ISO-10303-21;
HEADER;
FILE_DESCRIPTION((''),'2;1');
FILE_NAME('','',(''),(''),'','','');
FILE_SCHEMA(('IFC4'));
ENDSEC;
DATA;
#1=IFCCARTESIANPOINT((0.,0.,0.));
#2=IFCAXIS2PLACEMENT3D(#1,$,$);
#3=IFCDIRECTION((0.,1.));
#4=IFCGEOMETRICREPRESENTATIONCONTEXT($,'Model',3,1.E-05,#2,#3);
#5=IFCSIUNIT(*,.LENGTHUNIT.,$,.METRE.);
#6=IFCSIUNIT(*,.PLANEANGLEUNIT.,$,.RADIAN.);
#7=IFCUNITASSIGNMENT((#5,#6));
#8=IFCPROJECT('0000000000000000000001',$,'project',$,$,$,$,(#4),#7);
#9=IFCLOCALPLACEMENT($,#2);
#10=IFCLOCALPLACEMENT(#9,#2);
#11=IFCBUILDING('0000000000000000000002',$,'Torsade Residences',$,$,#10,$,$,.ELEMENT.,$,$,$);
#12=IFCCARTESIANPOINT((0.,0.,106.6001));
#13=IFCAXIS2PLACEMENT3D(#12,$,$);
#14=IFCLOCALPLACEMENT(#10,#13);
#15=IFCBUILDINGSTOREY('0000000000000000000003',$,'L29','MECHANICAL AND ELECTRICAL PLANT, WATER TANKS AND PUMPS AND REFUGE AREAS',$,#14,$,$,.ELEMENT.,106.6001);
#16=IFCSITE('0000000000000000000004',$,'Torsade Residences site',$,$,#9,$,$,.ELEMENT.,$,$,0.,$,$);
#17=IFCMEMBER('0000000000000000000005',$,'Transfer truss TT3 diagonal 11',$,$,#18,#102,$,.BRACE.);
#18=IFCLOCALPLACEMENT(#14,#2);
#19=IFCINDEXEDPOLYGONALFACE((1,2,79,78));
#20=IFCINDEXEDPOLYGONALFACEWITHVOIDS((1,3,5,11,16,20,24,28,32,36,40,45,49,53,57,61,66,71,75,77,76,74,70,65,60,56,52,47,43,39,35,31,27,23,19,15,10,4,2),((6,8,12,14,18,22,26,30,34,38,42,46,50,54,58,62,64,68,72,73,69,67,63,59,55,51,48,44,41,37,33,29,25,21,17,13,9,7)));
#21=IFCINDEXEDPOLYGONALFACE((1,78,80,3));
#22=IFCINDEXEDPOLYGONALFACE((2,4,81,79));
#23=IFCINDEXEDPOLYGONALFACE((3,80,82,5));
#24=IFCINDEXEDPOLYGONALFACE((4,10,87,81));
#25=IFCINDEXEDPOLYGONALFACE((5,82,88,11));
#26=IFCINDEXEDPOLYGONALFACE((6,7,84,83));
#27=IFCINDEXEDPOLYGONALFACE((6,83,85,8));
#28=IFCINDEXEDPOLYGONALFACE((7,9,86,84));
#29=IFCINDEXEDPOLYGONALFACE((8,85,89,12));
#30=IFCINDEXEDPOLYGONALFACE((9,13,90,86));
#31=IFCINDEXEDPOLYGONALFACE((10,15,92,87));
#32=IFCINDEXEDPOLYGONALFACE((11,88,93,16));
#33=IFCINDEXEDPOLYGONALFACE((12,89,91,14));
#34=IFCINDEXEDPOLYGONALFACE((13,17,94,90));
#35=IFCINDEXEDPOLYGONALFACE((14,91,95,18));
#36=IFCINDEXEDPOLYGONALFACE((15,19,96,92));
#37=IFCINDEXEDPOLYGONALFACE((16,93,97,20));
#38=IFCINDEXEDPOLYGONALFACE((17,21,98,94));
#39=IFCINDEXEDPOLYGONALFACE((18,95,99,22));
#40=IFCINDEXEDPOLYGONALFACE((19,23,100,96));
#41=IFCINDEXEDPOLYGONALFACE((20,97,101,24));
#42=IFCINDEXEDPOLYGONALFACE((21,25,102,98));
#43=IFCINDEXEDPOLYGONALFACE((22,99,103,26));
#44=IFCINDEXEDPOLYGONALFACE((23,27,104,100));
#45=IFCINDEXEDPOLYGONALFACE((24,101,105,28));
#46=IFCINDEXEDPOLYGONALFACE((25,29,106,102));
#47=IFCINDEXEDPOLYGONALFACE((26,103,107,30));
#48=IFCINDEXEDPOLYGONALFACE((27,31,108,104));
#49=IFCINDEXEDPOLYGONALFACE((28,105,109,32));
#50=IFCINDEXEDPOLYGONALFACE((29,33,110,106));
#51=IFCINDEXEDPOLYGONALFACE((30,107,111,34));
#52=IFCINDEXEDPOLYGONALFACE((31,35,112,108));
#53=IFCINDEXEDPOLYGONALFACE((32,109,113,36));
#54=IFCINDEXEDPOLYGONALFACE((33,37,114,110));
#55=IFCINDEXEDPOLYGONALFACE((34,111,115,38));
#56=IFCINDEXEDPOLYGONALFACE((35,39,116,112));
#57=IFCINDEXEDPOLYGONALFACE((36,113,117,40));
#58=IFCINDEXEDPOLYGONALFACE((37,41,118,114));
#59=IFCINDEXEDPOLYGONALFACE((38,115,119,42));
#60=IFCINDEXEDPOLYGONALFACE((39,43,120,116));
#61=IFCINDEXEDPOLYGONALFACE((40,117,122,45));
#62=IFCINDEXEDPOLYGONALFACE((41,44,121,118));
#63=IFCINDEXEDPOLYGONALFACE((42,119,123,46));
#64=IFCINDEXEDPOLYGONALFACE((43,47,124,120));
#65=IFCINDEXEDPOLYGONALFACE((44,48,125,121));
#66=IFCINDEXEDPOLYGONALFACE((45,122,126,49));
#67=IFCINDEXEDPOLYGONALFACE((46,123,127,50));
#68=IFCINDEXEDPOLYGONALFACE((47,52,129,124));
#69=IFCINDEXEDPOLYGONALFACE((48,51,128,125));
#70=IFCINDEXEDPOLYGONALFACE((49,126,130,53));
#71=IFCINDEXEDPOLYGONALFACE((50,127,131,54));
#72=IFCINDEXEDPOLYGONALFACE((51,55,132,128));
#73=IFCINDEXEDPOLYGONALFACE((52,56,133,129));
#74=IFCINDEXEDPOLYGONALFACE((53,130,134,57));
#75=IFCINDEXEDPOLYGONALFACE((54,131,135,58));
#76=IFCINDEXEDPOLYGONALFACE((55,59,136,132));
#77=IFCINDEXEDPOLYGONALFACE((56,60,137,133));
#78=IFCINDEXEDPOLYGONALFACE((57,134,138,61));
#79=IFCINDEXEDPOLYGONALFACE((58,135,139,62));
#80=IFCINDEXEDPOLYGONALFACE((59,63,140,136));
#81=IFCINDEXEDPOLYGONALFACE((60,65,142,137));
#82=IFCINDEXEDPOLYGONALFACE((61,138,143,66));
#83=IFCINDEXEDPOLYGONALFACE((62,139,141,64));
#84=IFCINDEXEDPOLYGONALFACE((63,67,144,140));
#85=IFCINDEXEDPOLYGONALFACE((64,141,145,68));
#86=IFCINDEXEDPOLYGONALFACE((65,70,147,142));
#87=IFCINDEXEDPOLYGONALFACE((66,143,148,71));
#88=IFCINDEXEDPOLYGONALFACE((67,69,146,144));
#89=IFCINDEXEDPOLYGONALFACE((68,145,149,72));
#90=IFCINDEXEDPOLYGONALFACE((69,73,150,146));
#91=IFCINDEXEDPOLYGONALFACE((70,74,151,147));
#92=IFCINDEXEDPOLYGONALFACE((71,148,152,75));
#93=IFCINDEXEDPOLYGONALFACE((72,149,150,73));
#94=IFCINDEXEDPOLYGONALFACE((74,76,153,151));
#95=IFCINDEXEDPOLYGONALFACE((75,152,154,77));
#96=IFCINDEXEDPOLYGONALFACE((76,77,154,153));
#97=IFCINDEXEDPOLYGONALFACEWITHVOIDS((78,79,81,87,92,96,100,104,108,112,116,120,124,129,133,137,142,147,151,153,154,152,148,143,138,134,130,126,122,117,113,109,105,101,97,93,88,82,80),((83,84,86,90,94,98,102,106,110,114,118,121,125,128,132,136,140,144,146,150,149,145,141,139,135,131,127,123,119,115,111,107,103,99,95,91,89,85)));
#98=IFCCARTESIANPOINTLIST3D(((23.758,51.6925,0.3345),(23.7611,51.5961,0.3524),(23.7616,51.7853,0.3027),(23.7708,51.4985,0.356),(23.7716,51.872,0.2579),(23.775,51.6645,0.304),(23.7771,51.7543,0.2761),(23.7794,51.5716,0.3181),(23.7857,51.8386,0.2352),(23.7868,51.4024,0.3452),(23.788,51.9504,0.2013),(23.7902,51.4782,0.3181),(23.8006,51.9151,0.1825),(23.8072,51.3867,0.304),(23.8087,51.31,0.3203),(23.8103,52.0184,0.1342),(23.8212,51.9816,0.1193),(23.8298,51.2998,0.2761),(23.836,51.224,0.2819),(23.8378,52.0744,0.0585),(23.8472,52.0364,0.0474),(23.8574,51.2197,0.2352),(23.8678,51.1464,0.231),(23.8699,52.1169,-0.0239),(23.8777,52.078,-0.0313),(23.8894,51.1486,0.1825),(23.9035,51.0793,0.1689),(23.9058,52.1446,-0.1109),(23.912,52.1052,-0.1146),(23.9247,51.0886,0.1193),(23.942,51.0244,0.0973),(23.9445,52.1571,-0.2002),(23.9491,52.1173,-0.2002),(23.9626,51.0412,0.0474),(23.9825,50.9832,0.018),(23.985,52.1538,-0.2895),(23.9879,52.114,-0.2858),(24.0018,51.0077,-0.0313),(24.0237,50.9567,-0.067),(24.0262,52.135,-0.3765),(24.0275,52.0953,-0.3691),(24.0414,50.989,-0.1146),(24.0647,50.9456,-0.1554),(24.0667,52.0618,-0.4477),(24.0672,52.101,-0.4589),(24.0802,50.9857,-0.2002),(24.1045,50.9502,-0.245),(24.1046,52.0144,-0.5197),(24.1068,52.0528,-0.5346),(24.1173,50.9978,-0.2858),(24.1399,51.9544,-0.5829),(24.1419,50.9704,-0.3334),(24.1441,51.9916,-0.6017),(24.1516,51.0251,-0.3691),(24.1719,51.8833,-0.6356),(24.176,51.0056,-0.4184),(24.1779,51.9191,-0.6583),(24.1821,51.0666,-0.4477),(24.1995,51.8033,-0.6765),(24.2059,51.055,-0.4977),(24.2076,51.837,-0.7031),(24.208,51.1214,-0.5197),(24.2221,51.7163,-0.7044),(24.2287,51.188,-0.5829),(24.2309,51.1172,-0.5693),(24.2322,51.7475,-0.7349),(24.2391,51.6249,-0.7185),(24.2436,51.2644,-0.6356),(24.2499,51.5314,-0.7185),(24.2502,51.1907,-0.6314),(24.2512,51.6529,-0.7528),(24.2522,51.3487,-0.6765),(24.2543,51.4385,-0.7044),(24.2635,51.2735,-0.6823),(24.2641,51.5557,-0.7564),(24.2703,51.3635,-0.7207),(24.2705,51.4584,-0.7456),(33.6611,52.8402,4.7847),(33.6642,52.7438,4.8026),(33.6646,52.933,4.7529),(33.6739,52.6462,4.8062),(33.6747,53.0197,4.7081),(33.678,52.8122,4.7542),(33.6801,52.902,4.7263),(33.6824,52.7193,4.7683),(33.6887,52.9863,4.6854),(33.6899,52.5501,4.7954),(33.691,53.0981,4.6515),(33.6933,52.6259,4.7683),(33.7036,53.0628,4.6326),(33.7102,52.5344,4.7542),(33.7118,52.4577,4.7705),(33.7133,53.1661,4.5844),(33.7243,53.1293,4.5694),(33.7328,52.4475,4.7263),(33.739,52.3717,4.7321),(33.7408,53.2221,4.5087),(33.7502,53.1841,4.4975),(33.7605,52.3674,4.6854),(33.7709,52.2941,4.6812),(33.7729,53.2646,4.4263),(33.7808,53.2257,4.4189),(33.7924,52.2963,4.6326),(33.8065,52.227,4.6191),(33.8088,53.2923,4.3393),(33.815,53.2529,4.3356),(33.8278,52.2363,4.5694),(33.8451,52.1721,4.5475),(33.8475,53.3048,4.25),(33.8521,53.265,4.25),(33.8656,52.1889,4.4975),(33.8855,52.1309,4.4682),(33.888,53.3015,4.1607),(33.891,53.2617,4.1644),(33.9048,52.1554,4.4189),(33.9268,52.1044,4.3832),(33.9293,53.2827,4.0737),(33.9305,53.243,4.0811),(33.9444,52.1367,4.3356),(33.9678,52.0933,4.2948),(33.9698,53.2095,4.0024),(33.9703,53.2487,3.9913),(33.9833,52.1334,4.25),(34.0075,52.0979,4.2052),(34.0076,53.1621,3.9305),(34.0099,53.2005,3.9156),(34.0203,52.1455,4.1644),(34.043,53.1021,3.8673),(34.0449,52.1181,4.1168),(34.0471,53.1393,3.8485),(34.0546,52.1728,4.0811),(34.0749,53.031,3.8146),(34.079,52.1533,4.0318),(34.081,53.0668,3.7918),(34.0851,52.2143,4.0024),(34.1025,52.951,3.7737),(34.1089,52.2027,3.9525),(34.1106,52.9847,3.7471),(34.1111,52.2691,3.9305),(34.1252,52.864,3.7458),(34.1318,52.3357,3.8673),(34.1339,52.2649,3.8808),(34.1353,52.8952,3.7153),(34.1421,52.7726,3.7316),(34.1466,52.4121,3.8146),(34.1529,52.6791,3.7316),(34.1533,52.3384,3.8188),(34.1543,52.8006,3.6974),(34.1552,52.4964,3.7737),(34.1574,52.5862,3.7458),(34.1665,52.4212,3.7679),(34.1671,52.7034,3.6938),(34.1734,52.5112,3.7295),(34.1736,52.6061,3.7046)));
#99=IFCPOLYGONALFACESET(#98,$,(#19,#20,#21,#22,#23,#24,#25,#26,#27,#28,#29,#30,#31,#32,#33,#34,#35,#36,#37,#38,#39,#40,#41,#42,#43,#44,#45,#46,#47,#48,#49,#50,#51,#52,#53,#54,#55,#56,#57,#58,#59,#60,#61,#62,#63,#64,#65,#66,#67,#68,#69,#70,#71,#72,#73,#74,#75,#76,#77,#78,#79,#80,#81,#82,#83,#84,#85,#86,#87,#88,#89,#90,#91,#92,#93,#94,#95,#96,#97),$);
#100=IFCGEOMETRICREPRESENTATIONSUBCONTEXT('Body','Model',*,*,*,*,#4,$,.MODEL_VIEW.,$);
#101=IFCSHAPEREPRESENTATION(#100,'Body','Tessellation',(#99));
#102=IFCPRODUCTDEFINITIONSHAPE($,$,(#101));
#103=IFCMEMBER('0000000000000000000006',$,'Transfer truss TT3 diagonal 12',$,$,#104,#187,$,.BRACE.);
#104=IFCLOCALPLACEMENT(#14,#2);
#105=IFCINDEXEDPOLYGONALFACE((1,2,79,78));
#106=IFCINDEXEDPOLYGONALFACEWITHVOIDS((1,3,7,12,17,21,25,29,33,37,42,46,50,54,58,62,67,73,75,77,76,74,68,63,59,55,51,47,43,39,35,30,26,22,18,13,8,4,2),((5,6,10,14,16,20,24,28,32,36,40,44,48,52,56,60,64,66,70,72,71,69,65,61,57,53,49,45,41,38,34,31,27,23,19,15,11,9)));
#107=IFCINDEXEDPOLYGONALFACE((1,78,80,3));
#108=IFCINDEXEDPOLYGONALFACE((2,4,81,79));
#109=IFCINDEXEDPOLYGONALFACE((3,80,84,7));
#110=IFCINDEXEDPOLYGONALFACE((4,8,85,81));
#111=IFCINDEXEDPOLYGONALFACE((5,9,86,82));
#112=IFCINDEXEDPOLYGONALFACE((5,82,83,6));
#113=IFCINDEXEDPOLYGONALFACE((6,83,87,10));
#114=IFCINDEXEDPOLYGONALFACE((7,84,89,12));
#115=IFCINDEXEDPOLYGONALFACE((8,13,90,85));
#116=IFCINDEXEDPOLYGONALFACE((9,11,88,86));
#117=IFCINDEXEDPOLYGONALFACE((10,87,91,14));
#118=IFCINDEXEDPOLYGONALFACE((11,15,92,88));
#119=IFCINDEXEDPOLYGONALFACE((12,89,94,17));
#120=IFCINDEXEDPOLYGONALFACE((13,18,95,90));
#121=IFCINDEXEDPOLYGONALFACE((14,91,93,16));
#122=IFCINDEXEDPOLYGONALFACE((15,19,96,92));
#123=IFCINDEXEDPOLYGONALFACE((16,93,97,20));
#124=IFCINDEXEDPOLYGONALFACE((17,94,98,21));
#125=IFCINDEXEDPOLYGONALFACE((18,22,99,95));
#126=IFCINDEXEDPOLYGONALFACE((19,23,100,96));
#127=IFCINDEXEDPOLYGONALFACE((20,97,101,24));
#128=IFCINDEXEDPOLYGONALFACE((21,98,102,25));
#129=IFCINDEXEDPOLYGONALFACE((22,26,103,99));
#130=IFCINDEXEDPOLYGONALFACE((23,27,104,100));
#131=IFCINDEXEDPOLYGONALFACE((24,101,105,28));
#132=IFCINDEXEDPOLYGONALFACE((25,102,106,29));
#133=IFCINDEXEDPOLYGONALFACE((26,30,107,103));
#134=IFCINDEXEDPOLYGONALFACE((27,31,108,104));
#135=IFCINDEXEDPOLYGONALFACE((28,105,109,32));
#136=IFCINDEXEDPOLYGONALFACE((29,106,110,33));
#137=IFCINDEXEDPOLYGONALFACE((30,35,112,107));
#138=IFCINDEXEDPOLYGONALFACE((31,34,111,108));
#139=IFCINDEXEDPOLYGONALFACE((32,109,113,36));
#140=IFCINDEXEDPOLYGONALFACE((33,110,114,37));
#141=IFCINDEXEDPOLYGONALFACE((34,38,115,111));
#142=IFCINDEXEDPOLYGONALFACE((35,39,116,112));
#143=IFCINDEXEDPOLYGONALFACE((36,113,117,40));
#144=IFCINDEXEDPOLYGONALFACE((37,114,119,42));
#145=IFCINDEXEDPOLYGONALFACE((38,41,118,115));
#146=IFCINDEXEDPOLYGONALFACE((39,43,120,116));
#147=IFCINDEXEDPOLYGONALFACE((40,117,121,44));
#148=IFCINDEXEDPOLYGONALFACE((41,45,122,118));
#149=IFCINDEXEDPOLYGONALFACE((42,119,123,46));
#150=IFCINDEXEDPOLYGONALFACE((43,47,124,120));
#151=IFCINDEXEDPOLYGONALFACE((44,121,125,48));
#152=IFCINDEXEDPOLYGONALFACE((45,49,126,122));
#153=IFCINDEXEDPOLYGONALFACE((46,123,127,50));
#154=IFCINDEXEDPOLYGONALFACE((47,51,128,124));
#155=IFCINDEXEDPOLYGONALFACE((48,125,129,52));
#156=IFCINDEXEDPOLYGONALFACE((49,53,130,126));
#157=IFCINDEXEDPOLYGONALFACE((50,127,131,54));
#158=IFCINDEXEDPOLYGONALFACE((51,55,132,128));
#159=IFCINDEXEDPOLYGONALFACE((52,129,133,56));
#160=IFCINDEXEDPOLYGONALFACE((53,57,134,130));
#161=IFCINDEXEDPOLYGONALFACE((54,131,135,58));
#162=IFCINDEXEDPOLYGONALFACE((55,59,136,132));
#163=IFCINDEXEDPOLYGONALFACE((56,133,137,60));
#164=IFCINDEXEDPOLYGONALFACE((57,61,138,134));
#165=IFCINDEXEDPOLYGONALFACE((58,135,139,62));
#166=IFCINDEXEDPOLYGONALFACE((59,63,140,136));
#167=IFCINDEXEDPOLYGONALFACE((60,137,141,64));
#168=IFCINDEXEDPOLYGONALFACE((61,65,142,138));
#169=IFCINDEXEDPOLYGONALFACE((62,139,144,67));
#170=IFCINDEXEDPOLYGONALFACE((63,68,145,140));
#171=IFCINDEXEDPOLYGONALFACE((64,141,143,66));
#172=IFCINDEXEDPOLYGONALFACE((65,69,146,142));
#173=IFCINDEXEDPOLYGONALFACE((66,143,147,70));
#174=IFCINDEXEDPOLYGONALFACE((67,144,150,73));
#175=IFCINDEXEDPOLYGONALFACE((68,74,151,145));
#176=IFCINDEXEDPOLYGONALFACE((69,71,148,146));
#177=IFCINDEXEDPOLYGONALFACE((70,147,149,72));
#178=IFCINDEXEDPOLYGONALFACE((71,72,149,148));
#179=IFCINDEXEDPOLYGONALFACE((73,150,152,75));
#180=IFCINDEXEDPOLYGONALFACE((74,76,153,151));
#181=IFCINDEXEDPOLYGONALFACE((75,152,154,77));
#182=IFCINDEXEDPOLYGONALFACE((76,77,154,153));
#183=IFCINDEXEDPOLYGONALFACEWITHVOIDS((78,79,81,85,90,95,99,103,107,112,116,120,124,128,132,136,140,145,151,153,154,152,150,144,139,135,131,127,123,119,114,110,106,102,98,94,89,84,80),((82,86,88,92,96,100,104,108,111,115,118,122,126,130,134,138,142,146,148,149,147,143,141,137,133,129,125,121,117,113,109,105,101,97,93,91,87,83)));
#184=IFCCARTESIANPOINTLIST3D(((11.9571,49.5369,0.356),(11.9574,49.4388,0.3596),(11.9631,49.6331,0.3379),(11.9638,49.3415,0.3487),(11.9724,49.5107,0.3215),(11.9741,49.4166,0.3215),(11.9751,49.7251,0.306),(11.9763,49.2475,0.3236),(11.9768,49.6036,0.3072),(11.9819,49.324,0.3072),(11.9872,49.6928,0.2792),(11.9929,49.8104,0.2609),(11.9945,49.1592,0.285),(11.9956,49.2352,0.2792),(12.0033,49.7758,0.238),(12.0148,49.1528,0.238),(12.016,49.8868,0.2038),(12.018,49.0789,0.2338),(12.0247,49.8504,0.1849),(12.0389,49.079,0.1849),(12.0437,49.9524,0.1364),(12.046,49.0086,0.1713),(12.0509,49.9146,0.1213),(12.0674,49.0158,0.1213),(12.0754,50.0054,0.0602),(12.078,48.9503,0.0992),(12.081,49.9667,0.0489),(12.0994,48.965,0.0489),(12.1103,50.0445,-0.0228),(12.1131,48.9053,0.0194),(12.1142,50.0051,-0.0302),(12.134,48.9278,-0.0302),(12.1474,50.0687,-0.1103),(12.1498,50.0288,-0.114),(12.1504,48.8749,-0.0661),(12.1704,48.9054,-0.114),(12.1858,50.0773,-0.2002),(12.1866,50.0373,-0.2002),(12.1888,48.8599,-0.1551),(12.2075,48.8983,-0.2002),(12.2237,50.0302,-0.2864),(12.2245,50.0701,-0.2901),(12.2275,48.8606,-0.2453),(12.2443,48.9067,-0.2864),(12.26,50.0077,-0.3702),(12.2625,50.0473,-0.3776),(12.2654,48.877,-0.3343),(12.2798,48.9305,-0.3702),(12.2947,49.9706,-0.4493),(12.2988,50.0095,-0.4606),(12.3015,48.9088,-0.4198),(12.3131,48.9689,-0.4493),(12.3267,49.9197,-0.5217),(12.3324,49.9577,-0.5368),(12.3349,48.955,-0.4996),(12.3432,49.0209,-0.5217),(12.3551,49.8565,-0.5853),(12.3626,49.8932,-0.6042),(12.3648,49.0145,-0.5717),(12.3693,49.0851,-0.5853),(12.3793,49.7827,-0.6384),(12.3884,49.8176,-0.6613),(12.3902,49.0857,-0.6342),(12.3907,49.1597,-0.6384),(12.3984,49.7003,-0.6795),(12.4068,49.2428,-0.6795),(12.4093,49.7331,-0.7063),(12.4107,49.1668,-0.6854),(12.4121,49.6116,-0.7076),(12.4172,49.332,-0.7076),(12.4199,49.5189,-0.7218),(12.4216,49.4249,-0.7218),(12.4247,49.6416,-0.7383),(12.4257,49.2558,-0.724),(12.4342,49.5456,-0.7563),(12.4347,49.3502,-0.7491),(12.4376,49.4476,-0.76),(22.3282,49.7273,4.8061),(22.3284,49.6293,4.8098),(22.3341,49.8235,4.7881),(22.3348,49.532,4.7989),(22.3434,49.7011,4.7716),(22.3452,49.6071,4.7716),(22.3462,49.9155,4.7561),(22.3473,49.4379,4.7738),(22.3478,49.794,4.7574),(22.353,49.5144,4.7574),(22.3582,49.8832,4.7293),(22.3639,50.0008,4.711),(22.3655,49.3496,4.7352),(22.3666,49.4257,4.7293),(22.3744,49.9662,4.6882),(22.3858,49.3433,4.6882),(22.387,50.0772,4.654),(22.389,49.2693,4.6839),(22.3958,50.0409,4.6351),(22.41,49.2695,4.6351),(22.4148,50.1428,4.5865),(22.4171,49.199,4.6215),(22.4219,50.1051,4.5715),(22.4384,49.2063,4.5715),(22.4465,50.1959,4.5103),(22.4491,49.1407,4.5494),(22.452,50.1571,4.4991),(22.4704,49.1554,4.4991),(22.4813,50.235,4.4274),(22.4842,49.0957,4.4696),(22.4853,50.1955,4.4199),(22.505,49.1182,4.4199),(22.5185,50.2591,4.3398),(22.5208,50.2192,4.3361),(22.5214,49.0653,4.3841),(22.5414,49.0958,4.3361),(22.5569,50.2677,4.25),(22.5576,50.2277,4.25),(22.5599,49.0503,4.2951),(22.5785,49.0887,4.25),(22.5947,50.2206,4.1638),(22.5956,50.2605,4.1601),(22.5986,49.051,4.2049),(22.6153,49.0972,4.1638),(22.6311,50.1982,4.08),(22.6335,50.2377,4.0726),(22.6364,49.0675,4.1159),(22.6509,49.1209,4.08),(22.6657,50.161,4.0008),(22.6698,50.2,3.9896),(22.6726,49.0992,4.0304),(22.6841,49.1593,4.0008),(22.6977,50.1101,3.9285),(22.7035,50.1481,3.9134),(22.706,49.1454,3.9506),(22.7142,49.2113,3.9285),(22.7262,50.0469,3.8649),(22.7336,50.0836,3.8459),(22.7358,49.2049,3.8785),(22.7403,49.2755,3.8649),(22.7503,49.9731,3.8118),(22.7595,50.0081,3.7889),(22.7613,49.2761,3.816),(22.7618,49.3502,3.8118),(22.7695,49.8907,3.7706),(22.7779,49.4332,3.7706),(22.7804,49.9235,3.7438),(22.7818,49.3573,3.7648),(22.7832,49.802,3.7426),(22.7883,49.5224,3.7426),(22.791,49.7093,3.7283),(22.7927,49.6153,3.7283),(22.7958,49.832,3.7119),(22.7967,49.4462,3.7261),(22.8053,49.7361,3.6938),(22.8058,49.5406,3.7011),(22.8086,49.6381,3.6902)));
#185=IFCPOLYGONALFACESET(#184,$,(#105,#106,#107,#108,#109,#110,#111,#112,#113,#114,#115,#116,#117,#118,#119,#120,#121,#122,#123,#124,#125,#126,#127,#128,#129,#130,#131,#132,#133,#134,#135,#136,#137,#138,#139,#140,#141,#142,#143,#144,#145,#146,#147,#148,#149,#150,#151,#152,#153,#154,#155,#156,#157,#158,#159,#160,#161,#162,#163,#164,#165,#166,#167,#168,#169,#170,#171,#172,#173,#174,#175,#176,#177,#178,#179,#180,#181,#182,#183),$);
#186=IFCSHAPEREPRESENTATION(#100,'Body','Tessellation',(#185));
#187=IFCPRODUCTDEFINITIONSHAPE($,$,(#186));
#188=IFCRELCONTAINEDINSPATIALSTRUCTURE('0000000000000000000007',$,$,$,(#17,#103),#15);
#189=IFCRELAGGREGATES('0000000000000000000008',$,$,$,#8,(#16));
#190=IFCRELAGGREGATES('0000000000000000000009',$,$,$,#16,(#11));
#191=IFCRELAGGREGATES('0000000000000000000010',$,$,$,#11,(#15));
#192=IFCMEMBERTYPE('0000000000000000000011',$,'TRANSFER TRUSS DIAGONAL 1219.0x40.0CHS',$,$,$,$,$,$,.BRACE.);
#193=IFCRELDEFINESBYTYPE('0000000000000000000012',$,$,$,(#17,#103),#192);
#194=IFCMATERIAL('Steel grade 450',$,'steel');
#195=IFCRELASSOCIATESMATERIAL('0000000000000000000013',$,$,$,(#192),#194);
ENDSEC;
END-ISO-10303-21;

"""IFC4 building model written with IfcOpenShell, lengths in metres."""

from ifc_helpers import new_model, si_unit, direction, frame, origin, origin_2d, place, context, subcontext, project, spatial, hollow_circle, extrude, material, material_profile, profile_set, type_object, element, save


model = new_model("IFC4")

# Units and contexts
model_context = context("Model", 3, precision=1e-05, world=origin(), true_north=direction((0.0, 1.0)))
body_context = subcontext(model_context, "Body", "Model", "MODEL_VIEW")
ifc_project = project(units=[si_unit("LENGTHUNIT", "METRE"), si_unit("PLANEANGLEUNIT", "RADIAN")], contexts=[model_context])

# Site, building, storey
site_placement = place(None, origin())
site = spatial("IfcSite", under=ifc_project, at=site_placement, Name="Torsade Residences site", CompositionType="ELEMENT", RefElevation=0.0)
building_placement = place(site_placement, origin())
building = spatial("IfcBuilding", under=site, at=building_placement, Name="Torsade Residences", CompositionType="ELEMENT")
storey_placement = place(building_placement, frame((0.0, 0.0, 106.6001)))
storey = spatial("IfcBuildingStorey", under=building, at=storey_placement, Name="L29", Description="MECHANICAL AND ELECTRICAL PLANT, WATER TANKS AND PUMPS AND REFUGE AREAS", CompositionType="ELEMENT", Elevation=106.6001)

# Members
ifc_material_1 = material(Name="Steel grade 450", Category="steel")
ifc_material_profile_1 = material_profile(ifc_material_1, hollow_circle(Radius=0.6096, WallThickness=0.04, at=origin_2d()), Name="1219.0x40.0CHS")
ifc_profile_set_1 = profile_set([ifc_material_profile_1], Name="Steel grade 450")
member_type_1 = type_object("IfcMemberType", Name="TRANSFER TRUSS DIAGONAL 1219.0x40.0CHS", PredefinedType="BRACE", material=ifc_profile_set_1)
member_1_placement = place(storey_placement, frame((24.0146, 51.5515, -0.2002), z_axis=(0.907081, 0.105125, 0.407619), x_axis=(-0.115123, 0.993351, 0.0)))
element("IfcMember", 1, at=member_1_placement, inside=storey, type_object=member_type_1, Name="Transfer truss TT3 diagonal 11", PredefinedType="BRACE", context=body_context, shape_type="SweptSolid", body=[
    extrude(hollow_circle(Radius=0.6096, WallThickness=0.04, at=origin_2d()), origin(), (0.0, 0.0, 1.0), 10.9175),
])
member_2_placement = place(storey_placement, frame((12.197, 49.4678, -0.2002), z_axis=(0.91884, 0.016871, 0.39427), x_axis=(-0.018358, 0.999831, 0.0)))
element("IfcMember", 2, at=member_2_placement, inside=storey, type_object=member_type_1, Name="Transfer truss TT3 diagonal 12", PredefinedType="BRACE", context=body_context, shape_type="SweptSolid", body=[
    extrude(hollow_circle(Radius=0.6096, WallThickness=0.04, at=origin_2d()), origin(), (0.0, 0.0, 1.0), 11.2871),
])

save(model, "model.ifc")
